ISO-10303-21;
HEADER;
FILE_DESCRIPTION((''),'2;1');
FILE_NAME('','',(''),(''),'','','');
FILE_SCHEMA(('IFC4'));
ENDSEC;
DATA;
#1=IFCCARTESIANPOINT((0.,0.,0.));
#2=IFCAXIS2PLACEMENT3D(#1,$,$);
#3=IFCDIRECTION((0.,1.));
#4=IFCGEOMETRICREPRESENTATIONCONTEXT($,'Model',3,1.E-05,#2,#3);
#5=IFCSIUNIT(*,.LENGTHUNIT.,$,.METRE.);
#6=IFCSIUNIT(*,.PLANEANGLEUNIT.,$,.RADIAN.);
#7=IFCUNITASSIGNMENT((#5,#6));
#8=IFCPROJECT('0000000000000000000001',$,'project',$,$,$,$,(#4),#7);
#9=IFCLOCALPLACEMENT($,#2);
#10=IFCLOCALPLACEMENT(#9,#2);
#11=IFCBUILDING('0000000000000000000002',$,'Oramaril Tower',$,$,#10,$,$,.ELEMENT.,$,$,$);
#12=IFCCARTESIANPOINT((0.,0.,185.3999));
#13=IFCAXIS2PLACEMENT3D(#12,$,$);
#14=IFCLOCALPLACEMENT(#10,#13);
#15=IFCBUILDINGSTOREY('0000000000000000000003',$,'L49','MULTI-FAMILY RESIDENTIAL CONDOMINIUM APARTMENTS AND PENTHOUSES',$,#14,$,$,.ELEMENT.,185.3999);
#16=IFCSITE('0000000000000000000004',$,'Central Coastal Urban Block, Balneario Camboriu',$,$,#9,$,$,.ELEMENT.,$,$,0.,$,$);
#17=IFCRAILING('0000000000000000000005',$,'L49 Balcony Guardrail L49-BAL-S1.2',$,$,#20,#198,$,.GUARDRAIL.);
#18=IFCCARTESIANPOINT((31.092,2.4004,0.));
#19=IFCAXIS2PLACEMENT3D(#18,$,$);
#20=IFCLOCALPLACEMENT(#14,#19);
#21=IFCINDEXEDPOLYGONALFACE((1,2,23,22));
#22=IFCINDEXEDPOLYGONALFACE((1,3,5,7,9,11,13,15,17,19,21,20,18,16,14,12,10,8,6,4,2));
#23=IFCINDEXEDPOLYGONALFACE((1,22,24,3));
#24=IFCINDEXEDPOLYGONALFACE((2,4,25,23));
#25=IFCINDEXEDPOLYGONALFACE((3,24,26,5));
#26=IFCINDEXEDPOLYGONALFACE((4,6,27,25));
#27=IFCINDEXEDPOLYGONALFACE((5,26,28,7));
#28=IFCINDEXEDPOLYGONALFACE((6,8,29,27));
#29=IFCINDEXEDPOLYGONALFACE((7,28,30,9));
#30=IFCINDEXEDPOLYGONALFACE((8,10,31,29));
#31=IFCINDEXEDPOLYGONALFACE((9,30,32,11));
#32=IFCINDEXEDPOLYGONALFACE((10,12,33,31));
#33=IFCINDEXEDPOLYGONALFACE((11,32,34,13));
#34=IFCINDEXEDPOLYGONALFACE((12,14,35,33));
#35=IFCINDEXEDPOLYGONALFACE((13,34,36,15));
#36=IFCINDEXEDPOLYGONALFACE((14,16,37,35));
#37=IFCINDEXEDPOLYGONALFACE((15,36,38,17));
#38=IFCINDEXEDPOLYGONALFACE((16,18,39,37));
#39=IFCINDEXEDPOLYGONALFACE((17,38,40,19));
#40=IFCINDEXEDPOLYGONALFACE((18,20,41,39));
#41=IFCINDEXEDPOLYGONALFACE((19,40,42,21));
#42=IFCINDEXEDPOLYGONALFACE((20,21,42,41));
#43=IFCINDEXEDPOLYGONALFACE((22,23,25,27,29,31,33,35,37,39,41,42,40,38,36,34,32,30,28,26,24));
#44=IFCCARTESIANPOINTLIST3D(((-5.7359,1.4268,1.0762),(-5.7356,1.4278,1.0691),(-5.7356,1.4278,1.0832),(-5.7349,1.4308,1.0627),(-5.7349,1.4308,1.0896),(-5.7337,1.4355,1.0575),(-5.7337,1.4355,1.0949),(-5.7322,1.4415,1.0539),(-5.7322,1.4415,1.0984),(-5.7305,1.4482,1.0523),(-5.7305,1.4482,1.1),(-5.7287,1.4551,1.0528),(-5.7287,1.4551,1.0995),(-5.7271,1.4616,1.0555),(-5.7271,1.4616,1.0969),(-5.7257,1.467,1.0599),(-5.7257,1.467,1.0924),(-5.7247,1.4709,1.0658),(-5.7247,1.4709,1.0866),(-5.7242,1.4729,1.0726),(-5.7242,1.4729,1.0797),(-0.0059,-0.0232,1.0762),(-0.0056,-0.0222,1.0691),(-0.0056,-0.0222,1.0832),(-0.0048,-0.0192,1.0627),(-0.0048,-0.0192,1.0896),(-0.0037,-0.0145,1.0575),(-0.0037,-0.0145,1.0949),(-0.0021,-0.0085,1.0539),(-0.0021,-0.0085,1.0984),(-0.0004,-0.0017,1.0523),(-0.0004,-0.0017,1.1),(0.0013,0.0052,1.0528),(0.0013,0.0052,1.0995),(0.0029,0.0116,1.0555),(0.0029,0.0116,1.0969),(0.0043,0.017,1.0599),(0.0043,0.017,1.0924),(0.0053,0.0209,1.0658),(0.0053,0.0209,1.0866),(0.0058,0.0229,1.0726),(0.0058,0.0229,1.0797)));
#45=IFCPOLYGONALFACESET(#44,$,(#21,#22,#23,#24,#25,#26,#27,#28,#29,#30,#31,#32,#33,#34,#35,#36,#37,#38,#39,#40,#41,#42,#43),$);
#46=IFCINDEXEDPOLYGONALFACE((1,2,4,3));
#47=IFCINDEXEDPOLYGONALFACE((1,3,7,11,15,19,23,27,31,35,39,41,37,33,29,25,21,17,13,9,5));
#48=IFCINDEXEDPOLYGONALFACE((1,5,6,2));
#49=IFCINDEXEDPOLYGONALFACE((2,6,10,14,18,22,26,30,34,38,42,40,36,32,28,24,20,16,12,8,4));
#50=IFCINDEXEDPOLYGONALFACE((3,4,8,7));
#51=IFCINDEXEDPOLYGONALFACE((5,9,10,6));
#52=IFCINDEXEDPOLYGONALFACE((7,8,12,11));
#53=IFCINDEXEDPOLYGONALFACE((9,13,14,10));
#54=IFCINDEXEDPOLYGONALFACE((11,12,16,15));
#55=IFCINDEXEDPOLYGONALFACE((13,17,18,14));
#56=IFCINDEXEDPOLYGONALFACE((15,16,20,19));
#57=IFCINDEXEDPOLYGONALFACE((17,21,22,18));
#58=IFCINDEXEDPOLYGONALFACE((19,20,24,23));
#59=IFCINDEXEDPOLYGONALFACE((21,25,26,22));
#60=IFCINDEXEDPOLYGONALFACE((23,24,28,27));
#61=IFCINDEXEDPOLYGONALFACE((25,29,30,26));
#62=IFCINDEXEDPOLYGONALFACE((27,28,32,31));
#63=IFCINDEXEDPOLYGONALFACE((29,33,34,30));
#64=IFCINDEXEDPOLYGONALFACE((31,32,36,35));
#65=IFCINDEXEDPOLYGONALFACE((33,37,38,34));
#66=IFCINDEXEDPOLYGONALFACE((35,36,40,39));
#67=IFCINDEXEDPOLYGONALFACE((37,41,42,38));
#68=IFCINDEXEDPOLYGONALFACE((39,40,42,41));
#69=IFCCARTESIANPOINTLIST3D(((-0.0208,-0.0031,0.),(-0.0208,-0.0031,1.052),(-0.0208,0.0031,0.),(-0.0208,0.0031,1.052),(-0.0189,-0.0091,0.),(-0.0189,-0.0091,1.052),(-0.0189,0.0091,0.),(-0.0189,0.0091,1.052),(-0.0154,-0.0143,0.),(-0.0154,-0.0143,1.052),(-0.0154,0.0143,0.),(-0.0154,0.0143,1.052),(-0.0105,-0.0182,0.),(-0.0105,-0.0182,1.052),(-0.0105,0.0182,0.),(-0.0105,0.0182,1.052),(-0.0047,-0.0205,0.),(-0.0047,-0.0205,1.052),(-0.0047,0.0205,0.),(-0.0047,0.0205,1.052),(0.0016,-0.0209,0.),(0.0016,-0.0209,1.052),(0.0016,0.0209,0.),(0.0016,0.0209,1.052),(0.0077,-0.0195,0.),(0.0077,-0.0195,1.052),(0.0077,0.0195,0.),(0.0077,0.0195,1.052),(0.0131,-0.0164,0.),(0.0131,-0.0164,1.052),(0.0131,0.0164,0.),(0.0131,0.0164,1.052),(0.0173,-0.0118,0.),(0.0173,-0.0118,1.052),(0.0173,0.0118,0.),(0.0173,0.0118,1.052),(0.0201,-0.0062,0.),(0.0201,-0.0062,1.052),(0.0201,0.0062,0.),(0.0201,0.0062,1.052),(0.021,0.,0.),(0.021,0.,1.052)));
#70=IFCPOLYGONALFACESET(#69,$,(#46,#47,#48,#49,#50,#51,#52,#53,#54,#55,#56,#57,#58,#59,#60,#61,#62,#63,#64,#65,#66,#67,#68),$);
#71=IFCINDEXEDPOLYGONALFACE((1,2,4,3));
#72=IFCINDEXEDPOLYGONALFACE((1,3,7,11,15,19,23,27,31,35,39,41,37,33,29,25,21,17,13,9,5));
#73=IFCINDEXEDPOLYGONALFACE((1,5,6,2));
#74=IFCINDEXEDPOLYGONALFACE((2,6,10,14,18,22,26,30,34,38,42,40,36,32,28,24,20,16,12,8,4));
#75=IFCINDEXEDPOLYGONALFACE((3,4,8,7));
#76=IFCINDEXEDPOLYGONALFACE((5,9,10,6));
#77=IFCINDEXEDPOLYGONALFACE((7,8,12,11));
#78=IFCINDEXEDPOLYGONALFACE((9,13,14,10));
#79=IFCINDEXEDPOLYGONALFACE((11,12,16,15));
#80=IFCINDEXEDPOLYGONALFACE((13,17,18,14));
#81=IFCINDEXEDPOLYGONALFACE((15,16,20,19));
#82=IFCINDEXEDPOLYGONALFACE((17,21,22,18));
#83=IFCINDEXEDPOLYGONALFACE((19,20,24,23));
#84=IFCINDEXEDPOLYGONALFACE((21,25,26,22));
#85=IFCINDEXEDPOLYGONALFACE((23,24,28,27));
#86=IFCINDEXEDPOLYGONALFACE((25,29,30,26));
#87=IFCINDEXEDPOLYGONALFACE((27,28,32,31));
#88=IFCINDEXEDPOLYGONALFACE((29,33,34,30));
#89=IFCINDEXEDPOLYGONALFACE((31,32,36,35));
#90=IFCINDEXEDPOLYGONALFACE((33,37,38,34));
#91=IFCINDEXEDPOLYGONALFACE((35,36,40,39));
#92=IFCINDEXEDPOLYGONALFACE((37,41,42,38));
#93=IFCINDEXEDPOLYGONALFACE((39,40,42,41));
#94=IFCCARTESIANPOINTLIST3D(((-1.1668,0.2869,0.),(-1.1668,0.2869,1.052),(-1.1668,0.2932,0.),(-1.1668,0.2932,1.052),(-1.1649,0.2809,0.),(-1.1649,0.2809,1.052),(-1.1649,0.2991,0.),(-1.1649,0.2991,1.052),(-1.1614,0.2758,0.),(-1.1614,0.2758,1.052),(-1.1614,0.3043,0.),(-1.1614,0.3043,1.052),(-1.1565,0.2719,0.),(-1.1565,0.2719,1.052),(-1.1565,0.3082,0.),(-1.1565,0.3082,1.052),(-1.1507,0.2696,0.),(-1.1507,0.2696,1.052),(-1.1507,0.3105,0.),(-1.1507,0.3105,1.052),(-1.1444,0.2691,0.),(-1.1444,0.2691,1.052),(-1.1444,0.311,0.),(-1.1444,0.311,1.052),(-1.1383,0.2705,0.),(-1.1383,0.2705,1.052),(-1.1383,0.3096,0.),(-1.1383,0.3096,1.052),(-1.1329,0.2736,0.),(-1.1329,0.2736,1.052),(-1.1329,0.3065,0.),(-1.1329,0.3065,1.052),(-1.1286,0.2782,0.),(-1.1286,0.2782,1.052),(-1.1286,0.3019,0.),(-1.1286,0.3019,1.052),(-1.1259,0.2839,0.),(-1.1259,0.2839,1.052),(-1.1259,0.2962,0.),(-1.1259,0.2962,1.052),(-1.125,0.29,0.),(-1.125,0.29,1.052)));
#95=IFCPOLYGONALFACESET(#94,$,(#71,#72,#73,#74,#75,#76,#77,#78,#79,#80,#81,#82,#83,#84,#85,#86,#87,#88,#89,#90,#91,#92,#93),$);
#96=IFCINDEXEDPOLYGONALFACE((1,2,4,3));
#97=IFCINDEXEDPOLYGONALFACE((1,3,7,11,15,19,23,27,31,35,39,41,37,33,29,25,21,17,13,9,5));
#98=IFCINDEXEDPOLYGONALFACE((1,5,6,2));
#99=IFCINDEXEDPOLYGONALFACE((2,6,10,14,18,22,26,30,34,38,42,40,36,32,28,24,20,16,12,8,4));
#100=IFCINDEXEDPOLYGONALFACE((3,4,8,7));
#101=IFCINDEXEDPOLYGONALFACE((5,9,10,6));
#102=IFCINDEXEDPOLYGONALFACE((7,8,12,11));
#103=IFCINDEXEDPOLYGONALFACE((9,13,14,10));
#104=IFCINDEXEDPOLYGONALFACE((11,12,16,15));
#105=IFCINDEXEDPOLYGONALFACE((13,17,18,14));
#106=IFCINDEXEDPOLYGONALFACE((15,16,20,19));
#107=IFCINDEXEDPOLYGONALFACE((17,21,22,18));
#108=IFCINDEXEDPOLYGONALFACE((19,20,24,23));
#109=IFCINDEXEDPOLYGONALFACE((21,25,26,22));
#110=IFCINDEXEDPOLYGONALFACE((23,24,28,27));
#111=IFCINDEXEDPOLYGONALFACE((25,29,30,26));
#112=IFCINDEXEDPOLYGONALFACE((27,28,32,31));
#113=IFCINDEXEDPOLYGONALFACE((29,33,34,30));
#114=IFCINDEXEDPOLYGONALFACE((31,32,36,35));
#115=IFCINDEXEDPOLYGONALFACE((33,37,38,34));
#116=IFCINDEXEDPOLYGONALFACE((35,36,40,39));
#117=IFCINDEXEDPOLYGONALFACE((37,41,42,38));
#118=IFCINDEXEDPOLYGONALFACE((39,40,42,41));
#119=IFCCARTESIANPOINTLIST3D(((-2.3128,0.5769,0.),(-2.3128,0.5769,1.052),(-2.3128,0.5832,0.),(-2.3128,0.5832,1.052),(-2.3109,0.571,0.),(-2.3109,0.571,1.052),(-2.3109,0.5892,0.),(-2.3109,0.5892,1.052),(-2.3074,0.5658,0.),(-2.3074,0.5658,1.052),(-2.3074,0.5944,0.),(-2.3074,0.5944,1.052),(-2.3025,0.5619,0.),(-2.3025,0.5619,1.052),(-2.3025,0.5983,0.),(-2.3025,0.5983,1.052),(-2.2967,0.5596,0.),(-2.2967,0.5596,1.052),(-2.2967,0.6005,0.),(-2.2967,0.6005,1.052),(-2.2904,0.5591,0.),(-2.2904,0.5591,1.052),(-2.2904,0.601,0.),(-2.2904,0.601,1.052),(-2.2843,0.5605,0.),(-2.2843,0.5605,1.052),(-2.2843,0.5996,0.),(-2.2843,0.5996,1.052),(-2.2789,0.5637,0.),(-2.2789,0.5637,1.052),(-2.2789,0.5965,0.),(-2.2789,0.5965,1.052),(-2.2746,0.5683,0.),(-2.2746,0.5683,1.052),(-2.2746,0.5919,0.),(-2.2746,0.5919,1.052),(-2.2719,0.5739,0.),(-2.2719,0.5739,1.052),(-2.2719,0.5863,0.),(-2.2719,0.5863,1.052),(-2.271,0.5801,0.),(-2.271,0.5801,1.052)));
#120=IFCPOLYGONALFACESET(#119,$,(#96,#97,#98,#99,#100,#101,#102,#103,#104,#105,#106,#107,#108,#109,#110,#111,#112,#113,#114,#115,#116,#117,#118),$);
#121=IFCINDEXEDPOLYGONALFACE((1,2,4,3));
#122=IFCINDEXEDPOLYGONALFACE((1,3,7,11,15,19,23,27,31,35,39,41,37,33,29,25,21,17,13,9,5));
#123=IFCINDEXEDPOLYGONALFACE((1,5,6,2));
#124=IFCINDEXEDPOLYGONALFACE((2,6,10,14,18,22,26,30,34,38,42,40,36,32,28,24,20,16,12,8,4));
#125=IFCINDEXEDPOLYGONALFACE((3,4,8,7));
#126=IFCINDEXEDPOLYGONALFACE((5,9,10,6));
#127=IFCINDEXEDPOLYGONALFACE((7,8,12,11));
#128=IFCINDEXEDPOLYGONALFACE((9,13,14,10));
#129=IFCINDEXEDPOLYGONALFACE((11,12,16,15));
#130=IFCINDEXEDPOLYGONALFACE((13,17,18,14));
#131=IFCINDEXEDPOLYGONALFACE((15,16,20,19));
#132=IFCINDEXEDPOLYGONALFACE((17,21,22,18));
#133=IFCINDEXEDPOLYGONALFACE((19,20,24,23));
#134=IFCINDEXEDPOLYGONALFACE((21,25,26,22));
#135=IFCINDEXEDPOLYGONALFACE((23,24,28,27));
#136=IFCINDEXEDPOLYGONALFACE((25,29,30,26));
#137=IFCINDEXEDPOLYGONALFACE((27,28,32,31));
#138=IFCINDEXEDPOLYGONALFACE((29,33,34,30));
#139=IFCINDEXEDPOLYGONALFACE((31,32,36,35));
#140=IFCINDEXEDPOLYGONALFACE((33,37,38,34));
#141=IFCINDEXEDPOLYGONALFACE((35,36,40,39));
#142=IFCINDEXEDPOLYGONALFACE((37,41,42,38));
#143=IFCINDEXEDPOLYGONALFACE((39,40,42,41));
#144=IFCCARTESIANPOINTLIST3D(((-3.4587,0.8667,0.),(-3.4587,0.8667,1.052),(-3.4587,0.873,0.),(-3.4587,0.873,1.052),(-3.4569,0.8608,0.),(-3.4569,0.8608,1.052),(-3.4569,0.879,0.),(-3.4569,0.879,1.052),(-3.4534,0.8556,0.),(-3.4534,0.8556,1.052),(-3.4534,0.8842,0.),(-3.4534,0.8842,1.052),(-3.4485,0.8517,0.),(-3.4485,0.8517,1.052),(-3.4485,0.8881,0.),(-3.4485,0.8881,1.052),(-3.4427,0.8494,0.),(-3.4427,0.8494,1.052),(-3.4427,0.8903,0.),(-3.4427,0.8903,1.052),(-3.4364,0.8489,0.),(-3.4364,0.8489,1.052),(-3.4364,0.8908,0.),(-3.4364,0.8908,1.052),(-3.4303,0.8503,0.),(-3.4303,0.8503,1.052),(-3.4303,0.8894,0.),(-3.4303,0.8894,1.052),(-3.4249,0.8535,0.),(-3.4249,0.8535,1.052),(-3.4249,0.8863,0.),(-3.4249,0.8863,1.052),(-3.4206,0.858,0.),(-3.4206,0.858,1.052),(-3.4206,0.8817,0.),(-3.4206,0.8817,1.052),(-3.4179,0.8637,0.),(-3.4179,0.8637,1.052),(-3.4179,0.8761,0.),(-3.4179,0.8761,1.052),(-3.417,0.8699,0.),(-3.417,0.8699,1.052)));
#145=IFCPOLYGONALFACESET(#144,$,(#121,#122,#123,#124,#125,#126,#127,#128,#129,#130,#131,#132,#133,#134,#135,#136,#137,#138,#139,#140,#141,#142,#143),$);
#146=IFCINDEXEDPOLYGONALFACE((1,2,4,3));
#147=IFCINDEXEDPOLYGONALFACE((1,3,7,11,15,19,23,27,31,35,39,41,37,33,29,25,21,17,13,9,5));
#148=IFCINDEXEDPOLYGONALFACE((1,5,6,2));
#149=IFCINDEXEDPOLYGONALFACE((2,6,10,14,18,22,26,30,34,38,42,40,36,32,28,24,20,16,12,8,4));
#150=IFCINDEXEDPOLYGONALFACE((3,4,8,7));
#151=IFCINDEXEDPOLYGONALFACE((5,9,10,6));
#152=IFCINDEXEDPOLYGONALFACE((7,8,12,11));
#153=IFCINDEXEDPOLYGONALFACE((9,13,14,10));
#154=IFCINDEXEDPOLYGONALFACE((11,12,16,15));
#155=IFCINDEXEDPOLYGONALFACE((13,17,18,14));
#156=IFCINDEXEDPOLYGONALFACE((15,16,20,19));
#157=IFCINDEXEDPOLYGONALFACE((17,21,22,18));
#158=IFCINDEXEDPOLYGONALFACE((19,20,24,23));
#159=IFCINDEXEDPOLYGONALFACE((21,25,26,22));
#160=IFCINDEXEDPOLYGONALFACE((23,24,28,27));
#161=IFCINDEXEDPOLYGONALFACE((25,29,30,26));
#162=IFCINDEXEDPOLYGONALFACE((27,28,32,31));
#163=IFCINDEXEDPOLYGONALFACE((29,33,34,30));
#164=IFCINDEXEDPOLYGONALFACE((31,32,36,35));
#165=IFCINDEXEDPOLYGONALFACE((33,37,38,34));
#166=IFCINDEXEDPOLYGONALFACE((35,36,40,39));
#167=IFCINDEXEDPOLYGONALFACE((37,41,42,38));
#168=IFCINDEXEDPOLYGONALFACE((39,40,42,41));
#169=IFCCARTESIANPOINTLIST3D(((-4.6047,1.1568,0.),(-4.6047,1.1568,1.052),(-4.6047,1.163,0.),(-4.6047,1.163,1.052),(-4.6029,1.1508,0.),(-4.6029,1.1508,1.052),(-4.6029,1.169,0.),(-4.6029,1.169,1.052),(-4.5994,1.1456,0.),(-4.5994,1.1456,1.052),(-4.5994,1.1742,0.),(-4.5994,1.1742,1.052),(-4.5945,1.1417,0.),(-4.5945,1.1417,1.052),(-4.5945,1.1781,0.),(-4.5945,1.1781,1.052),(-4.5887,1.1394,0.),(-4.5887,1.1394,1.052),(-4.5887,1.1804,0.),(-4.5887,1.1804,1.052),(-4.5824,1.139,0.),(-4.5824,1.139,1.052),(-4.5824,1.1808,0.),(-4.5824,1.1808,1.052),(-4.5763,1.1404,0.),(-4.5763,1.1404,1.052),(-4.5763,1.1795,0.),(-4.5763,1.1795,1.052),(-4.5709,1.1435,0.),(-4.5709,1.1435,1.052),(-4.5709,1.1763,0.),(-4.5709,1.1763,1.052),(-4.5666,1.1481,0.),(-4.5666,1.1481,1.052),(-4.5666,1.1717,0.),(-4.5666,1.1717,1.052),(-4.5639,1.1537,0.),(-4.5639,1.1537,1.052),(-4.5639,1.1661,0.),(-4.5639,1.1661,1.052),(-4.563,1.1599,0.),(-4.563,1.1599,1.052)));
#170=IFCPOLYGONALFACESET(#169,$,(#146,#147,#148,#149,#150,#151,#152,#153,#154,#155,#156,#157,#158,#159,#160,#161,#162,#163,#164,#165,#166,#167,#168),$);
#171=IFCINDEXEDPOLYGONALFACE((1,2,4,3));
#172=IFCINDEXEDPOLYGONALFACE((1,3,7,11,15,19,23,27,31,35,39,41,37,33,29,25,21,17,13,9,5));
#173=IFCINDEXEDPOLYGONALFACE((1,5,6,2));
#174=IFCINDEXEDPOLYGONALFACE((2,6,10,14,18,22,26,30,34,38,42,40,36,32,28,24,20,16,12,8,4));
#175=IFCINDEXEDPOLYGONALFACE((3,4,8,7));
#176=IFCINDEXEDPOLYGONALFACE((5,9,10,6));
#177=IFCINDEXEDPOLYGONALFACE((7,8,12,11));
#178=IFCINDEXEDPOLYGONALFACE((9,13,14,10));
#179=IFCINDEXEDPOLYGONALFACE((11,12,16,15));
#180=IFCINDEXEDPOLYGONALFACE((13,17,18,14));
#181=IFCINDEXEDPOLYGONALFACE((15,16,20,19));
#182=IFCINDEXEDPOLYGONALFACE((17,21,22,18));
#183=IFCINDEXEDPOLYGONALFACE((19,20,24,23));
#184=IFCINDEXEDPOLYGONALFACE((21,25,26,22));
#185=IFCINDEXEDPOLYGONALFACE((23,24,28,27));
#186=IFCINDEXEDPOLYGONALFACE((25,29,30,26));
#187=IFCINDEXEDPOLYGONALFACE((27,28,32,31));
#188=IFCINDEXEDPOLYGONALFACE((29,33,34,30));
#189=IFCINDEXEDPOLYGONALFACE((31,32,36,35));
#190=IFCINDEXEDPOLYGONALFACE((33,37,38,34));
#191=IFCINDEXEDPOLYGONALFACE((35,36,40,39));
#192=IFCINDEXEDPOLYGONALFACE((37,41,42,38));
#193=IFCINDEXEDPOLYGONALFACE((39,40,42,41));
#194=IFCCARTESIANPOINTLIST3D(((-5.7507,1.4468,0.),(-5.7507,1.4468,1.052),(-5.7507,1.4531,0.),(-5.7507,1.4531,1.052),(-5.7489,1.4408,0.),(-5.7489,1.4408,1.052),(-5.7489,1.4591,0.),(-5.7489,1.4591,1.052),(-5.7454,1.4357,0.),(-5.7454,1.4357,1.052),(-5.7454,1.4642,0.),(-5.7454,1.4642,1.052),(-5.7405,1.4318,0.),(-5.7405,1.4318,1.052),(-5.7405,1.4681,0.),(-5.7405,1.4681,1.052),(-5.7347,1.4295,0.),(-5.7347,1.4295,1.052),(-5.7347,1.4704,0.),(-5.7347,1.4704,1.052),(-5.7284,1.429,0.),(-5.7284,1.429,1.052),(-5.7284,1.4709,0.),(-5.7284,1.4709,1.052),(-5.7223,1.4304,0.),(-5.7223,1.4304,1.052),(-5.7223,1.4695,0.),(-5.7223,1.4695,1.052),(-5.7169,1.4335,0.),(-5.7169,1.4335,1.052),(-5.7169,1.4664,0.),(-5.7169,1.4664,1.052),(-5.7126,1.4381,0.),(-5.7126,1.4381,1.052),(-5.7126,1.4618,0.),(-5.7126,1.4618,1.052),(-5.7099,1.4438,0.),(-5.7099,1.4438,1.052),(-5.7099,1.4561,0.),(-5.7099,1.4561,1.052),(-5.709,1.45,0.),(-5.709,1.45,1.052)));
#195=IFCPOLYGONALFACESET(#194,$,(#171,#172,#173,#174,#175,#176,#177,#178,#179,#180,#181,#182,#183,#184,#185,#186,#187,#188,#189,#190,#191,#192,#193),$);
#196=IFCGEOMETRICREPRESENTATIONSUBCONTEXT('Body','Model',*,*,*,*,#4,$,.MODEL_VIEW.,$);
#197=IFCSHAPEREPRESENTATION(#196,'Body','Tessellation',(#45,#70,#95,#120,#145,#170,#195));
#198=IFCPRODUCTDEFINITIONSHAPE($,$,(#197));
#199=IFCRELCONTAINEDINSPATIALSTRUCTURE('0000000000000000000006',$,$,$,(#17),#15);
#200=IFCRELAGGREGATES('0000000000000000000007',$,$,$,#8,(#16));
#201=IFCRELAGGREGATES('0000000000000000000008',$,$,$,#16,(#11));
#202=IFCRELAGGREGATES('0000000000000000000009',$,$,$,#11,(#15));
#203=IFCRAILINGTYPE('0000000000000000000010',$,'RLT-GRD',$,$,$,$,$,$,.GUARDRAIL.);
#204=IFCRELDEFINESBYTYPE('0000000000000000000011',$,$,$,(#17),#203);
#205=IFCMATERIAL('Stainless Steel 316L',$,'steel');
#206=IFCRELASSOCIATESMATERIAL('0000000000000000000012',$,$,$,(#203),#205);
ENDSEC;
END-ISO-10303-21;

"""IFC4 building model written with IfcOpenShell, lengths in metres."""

from ifc_helpers import new_model, si_unit, direction, frame, origin, origin_2d, place, context, subcontext, project, spatial, circle, extrude, material, type_object, element, save


model = new_model("IFC4")

# Units and contexts
model_context = context("Model", 3, precision=1e-05, world=origin(), true_north=direction((0.0, 1.0)))
body_context = subcontext(model_context, "Body", "Model", "MODEL_VIEW")
ifc_project = project(units=[si_unit("LENGTHUNIT", "METRE"), si_unit("PLANEANGLEUNIT", "RADIAN")], contexts=[model_context])

# Site, building, storey
site_placement = place(None, origin())
site = spatial("IfcSite", under=ifc_project, at=site_placement, Name="Central Coastal Urban Block, Balneario Camboriu", CompositionType="ELEMENT", RefElevation=0.0)
building_placement = place(site_placement, origin())
building = spatial("IfcBuilding", under=site, at=building_placement, Name="Oramaril Tower", CompositionType="ELEMENT")
storey_placement = place(building_placement, frame((0.0, 0.0, 185.3999)))
storey = spatial("IfcBuildingStorey", under=building, at=storey_placement, Name="L49", Description="MULTI-FAMILY RESIDENTIAL CONDOMINIUM APARTMENTS AND PENTHOUSES", CompositionType="ELEMENT", Elevation=185.3999)

# Railing
ifc_material_1 = material(Name="Stainless Steel 316L", Category="steel")
railing_type = type_object("IfcRailingType", Name="RLT-GRD", PredefinedType="GUARDRAIL", material=ifc_material_1)
railing_1_placement = place(storey_placement, frame((31.092, 2.4004, 0.0)))
element("IfcRailing", 1, at=railing_1_placement, inside=storey, type_object=railing_type, Name="L49 Balcony Guardrail L49-BAL-S1.2", PredefinedType="GUARDRAIL", context=body_context, shape_type="SweptSolid", body=[
    extrude(circle(Radius=0.0239, at=origin_2d()), frame((0.0, 0.0, 1.0762), z_axis=(-0.969444, 0.245314, 0.0), x_axis=(-0.245314, -0.969444, 0.0)), (0.0, 0.0, 1.0), 5.9106),
    extrude(circle(Radius=0.021, at=origin_2d()), origin(), (0.0, 0.0, 1.0), 1.052),
    extrude(circle(Radius=0.021, at=origin_2d()), frame((-1.146, 0.29, 0.0)), (0.0, 0.0, 1.0), 1.052),
    extrude(circle(Radius=0.021, at=origin_2d()), frame((-2.292, 0.5801, 0.0)), (0.0, 0.0, 1.0), 1.052),
    extrude(circle(Radius=0.021, at=origin_2d()), frame((-3.438, 0.8699, 0.0)), (0.0, 0.0, 1.0), 1.052),
    extrude(circle(Radius=0.021, at=origin_2d()), frame((-4.584, 1.1599, 0.0)), (0.0, 0.0, 1.0), 1.052),
    extrude(circle(Radius=0.021, at=origin_2d()), frame((-5.73, 1.45, 0.0)), (0.0, 0.0, 1.0), 1.052),
])

save(model, "model.ifc")
